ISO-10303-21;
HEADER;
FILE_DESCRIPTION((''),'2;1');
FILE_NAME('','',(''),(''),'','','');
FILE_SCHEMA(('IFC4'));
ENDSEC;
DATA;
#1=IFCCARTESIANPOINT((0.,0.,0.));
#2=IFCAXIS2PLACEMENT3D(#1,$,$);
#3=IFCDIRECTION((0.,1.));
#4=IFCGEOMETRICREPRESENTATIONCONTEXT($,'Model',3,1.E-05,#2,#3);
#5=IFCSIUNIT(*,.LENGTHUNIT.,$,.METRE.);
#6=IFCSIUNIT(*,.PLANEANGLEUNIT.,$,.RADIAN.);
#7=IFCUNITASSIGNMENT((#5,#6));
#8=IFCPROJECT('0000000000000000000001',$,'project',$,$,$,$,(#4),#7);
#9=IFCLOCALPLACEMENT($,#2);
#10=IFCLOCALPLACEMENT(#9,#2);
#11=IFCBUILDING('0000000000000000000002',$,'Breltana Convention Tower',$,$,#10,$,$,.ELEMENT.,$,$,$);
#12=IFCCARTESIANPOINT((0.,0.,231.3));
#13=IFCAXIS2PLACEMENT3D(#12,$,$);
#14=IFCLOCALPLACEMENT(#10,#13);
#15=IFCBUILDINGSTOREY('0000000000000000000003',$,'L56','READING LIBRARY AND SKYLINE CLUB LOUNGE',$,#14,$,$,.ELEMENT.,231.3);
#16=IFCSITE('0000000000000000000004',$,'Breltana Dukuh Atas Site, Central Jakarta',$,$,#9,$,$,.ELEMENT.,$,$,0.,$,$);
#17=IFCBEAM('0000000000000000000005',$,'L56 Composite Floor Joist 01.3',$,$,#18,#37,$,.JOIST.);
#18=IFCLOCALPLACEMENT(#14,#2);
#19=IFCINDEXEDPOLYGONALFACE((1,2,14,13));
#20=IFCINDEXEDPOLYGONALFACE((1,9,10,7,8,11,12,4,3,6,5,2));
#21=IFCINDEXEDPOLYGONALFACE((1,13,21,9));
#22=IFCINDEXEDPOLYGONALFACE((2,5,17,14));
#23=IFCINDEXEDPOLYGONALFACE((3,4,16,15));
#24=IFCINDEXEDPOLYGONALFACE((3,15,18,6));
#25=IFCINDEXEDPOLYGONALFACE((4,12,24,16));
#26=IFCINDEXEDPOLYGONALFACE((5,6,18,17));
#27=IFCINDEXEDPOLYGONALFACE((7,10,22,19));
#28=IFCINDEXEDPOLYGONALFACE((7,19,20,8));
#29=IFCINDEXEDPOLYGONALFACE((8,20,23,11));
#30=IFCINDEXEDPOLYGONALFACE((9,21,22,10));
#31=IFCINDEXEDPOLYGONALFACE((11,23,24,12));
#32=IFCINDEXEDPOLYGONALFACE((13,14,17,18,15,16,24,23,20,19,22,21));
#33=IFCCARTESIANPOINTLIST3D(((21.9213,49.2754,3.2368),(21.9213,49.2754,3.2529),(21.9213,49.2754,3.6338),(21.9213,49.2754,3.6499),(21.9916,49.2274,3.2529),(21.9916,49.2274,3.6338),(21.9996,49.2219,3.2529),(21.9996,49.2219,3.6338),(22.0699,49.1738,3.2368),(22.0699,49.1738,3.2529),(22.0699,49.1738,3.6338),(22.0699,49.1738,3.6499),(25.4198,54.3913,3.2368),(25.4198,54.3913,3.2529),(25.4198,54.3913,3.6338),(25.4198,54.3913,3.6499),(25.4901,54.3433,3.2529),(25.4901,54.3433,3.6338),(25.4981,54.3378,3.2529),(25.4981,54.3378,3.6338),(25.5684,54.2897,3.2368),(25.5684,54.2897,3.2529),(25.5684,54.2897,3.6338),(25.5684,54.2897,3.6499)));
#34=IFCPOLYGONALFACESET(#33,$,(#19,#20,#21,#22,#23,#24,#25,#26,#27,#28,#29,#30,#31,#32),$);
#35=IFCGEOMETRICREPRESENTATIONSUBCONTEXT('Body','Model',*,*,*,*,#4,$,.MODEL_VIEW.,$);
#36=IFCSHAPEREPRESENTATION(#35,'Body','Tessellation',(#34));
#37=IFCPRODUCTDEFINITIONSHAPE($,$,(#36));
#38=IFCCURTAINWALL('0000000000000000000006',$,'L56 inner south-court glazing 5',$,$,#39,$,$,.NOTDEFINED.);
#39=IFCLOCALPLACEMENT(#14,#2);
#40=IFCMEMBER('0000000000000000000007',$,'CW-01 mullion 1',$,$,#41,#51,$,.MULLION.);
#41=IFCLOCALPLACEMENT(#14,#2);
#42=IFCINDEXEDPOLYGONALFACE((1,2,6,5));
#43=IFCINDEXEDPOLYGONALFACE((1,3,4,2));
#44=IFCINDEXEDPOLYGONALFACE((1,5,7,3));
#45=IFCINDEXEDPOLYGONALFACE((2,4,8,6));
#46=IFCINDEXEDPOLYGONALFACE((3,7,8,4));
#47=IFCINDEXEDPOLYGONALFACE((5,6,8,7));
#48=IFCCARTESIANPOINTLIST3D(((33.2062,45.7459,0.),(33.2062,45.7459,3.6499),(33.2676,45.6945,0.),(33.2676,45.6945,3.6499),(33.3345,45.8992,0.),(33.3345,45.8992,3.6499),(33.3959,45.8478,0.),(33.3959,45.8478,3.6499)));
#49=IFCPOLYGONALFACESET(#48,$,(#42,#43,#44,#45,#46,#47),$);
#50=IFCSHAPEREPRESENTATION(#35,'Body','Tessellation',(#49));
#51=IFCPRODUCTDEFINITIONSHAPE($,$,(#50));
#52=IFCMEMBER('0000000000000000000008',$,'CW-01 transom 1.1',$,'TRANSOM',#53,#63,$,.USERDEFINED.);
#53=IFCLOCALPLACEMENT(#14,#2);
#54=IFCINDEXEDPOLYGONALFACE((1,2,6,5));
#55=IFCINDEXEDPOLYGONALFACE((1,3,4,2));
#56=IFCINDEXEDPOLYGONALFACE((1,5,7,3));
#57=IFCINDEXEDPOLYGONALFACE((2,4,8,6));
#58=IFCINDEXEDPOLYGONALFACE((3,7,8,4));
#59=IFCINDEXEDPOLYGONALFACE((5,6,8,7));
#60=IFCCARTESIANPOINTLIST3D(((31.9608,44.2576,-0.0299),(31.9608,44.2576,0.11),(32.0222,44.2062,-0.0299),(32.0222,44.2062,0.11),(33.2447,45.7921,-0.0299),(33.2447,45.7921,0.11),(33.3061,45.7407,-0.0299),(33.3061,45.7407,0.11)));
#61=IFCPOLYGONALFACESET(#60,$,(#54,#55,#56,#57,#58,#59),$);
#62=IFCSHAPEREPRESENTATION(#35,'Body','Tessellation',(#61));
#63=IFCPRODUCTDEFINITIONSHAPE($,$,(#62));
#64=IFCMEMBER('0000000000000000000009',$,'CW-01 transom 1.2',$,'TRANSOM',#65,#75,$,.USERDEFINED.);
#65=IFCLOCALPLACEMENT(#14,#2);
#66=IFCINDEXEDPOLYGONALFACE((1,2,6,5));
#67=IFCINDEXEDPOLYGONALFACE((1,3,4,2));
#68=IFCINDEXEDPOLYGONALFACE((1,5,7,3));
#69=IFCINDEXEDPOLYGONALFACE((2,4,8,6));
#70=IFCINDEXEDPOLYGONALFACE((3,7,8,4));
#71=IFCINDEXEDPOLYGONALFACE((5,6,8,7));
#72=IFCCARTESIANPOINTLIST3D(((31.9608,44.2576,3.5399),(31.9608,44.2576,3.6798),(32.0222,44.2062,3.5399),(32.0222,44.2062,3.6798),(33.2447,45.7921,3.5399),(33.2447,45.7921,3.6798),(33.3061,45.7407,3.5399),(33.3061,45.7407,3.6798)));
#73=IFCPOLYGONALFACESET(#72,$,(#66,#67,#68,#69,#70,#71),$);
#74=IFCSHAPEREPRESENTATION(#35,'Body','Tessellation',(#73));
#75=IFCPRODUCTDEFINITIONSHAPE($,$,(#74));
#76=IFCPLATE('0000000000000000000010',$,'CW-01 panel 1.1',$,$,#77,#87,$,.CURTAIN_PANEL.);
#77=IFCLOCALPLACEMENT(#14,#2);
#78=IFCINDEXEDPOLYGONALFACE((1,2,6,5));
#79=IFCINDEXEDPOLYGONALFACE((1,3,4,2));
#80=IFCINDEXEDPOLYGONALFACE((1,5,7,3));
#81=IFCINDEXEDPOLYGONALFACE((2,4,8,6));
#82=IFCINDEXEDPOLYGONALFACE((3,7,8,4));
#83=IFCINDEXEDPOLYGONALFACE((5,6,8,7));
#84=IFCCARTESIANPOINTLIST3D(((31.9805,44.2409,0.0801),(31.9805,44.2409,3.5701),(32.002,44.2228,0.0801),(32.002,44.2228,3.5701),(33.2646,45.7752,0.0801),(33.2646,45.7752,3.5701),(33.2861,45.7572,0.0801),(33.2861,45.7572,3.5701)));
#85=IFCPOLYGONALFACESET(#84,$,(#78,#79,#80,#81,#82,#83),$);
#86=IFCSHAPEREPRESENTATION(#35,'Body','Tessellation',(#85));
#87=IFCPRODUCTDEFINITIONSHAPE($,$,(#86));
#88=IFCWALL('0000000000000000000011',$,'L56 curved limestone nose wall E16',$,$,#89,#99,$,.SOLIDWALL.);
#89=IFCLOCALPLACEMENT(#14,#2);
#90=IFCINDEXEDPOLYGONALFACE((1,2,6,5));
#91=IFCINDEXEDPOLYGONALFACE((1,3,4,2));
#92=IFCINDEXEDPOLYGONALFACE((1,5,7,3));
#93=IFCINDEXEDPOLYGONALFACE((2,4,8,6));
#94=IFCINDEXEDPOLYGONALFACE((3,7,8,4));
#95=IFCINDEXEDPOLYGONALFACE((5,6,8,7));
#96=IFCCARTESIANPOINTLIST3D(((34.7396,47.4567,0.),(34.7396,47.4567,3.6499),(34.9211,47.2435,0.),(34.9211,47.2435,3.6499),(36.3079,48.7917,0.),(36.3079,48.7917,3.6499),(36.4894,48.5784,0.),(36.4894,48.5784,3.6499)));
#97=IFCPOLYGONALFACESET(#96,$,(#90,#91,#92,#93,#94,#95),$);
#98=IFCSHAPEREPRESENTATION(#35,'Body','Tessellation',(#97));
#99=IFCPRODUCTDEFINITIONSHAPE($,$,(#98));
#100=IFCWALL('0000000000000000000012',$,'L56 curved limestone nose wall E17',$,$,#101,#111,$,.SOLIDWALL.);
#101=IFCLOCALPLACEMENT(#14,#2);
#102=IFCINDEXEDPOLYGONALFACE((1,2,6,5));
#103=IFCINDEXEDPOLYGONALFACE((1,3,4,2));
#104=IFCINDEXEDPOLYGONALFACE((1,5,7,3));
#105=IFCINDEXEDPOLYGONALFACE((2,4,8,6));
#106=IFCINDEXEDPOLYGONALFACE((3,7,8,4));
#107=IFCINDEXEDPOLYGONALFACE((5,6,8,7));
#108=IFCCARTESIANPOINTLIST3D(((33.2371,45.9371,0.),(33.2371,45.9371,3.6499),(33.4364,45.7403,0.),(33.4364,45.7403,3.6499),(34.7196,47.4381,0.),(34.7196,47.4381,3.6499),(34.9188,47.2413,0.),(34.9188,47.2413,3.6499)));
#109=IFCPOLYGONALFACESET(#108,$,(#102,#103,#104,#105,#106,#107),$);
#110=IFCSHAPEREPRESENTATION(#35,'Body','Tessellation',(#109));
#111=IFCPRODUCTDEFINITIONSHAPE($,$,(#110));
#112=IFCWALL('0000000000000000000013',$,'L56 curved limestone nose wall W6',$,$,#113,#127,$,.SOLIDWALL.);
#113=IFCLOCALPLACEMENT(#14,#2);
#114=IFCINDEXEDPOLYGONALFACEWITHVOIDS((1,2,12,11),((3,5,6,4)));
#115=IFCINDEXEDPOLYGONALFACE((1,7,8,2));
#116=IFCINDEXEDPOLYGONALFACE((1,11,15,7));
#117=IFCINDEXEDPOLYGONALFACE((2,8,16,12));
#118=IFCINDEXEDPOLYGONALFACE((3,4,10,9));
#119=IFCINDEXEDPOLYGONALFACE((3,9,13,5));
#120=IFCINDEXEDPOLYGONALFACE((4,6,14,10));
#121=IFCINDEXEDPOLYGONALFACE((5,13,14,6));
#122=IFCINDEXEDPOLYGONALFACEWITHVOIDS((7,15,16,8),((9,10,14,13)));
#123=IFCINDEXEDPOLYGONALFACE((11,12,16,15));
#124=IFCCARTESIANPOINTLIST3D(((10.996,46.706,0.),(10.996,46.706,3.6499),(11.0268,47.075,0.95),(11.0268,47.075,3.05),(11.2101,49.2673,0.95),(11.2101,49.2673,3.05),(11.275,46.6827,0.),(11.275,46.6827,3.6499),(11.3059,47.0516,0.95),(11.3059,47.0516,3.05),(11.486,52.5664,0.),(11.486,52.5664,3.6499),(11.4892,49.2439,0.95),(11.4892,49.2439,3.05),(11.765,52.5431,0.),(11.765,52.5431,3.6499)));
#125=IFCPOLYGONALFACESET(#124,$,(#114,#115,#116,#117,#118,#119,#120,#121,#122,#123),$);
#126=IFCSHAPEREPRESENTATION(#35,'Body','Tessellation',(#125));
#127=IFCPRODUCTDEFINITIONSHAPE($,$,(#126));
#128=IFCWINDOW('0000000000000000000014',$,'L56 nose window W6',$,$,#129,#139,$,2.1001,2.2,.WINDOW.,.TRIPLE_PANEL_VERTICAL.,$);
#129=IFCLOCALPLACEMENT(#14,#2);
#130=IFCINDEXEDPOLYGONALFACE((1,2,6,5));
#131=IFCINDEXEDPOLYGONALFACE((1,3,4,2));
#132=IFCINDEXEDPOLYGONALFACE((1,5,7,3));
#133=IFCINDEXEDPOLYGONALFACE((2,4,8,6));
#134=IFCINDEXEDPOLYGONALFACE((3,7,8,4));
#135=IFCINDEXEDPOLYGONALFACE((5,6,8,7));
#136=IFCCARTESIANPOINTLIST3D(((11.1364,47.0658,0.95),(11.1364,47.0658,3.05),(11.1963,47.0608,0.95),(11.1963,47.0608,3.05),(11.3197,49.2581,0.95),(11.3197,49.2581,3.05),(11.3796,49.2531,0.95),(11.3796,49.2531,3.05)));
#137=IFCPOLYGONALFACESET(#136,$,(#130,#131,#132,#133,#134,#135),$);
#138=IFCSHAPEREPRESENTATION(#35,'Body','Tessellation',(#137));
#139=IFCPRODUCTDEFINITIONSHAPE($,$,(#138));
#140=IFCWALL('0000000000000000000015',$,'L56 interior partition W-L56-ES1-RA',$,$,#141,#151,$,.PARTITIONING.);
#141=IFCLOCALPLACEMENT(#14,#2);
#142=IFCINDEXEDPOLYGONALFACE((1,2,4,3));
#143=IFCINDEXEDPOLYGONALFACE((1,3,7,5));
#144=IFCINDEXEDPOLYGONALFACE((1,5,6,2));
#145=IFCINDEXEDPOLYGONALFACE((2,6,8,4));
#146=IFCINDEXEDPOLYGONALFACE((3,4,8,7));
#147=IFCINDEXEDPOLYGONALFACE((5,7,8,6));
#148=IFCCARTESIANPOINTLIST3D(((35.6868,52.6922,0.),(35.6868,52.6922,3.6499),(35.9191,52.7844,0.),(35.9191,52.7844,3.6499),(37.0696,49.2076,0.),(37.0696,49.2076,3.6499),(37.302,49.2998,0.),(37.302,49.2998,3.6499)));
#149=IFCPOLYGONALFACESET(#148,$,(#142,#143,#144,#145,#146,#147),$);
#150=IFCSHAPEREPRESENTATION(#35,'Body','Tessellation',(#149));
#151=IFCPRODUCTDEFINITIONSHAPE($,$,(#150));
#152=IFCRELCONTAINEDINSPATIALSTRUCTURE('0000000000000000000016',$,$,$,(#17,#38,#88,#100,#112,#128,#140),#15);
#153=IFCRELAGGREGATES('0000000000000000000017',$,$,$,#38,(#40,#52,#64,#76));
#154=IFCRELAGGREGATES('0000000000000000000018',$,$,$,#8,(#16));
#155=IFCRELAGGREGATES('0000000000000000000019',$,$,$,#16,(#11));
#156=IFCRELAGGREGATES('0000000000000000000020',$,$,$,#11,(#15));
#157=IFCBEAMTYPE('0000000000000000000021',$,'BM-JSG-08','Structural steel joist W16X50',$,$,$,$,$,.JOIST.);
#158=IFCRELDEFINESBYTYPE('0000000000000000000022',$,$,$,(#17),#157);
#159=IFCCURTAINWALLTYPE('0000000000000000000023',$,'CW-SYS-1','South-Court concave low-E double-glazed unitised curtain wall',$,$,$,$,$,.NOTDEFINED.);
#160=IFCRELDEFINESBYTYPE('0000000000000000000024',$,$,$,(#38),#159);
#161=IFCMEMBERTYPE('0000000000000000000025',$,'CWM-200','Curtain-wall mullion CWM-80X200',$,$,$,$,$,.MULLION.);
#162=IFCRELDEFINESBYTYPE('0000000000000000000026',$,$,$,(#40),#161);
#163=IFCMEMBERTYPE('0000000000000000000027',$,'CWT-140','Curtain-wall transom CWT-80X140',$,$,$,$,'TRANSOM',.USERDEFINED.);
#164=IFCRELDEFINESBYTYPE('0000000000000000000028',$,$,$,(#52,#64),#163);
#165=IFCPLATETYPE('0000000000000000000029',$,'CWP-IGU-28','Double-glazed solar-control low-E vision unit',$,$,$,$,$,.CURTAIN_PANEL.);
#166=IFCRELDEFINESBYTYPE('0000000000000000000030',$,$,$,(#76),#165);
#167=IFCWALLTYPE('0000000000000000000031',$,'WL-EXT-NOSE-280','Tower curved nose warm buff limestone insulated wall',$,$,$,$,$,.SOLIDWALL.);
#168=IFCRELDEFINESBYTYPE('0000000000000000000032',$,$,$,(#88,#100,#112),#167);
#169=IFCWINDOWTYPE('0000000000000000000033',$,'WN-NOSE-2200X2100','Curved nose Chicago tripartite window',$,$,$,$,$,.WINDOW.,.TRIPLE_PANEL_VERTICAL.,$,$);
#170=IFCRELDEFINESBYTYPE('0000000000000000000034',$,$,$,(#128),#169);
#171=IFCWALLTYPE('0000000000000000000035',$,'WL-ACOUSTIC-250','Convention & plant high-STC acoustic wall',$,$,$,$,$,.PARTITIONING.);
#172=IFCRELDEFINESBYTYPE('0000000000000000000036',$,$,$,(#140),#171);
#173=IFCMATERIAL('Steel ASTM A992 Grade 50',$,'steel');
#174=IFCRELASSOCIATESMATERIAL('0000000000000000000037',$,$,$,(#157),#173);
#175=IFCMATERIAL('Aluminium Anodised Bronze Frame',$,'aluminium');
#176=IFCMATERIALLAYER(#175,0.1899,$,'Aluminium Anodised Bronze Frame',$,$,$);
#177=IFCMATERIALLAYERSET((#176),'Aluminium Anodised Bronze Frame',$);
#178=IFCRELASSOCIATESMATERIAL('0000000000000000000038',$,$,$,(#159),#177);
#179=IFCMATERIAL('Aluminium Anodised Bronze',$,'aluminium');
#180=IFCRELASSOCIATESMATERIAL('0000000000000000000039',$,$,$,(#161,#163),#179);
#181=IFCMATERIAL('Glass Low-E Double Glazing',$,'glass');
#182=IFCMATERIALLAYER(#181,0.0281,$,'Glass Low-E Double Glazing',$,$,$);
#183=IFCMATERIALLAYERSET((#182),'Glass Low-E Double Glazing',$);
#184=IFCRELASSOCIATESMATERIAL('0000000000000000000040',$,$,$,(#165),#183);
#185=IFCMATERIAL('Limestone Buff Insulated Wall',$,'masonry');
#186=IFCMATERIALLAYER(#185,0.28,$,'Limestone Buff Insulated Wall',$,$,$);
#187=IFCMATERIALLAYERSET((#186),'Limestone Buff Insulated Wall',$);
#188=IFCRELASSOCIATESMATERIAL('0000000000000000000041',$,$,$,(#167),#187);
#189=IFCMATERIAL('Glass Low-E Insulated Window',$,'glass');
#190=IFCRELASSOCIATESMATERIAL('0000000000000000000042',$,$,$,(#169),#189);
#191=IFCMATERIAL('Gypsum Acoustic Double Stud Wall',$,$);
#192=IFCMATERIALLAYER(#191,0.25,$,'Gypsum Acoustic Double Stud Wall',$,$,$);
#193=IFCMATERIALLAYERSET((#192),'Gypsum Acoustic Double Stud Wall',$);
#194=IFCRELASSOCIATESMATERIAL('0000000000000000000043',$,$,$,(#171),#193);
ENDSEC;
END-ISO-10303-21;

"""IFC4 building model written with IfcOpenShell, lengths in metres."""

from ifc_helpers import new_model, si_unit, direction, frame, frame_2d, origin, origin_2d, place, context, subcontext, project, spatial, rectangle, i_section, extrude, source, transform, mapped, material, layer, layer_set, material_profile, profile_set, type_object, type_shapes, element, fill, aggregate, save


model = new_model("IFC4")

# Units and contexts
model_context = context("Model", 3, precision=1e-05, world=origin(), true_north=direction((0.0, 1.0)))
body_context = subcontext(model_context, "Body", "Model", "MODEL_VIEW")
ifc_project = project(units=[si_unit("LENGTHUNIT", "METRE"), si_unit("PLANEANGLEUNIT", "RADIAN")], contexts=[model_context])

# Site, building, storey
site_placement = place(None, origin())
site = spatial("IfcSite", under=ifc_project, at=site_placement, Name="Breltana Dukuh Atas Site, Central Jakarta", CompositionType="ELEMENT", RefElevation=0.0)
building_placement = place(site_placement, origin())
building = spatial("IfcBuilding", under=site, at=building_placement, Name="Breltana Convention Tower", CompositionType="ELEMENT")
storey_placement = place(building_placement, frame((0.0, 0.0, 231.3)))
storey = spatial("IfcBuildingStorey", under=building, at=storey_placement, Name="L56", Description="READING LIBRARY AND SKYLINE CLUB LOUNGE", CompositionType="ELEMENT", Elevation=231.3)

# Shared definitions
ifc_material_1 = material(Name="Steel ASTM A992 Grade 50", Category="steel")

# Beam
ifc_material_profile_1 = material_profile(ifc_material_1, i_section(OverallWidth=0.1799, OverallDepth=0.4131, WebThickness=0.0098, FlangeThickness=0.0161, at=origin_2d()), Name="W16X50")
ifc_profile_set_1 = profile_set([ifc_material_profile_1], Name="Steel ASTM A992 Grade 50")
beam_type_1 = type_object("IfcBeamType", Name="BM-JSG-08", Description="Structural steel joist W16X50", PredefinedType="JOIST", material=ifc_profile_set_1)
shared_shape_1 = source(origin(), body_context, "Body", "SweptSolid", [
    extrude(i_section(OverallWidth=0.1799, OverallDepth=0.4131, WebThickness=0.0098, FlangeThickness=0.0161, at=origin_2d()), origin(), (0.0, 0.0, 1.0), 6.1978),
])
beam_1_placement = place(storey_placement, frame((21.9956, 49.2246, 3.4434), z_axis=(0.564479, 0.825447, 0.0), x_axis=(-0.825447, 0.564479, 0.0)))
element("IfcBeam", 1, at=beam_1_placement, inside=storey, type_object=beam_type_1, Name="L56 Composite Floor Joist 01.3", PredefinedType="JOIST", context=body_context, shape_type="MappedRepresentation", body=[
    mapped(shared_shape_1, transform((0.0, 0.0, 0.0), scale=1.0)),
])

# Curtain wall, members, plate
ifc_material_2 = material(Name="Aluminium Anodised Bronze Frame", Category="aluminium")
ifc_layer_1 = layer(ifc_material_2, 0.1899, Name="Aluminium Anodised Bronze Frame")
ifc_layer_set_1 = layer_set([ifc_layer_1], Name="Aluminium Anodised Bronze Frame")
curtain_wall_type = type_object("IfcCurtainWallType", Name="CW-SYS-1", Description="South-Court concave low-E double-glazed unitised curtain wall", PredefinedType="NOTDEFINED", material=ifc_layer_set_1)
curtain_wall_placement = place(storey_placement, origin())
curtain_wall = element("IfcCurtainWall", 2, at=curtain_wall_placement, inside=storey, type_object=curtain_wall_type, Name="L56 inner south-court glazing 5", PredefinedType="NOTDEFINED")
ifc_material_3 = material(Name="Aluminium Anodised Bronze", Category="aluminium")
ifc_material_profile_2 = material_profile(ifc_material_3, rectangle(XDim=0.0801, YDim=0.2, at=origin_2d()), Name="CWM-80X200")
ifc_profile_set_2 = profile_set([ifc_material_profile_2], Name="Aluminium Anodised Bronze")
member_type_1 = type_object("IfcMemberType", Name="CWM-200", Description="Curtain-wall mullion CWM-80X200", PredefinedType="MULLION", material=ifc_profile_set_2)
shared_shape_2 = source(origin(), body_context, "Body", "SweptSolid", [
    extrude(rectangle(XDim=0.0801, YDim=0.2, at=origin_2d()), origin(), (0.0, 0.0, 1.0), 3.6499),
])
member_1_placement = place(storey_placement, frame((33.301, 45.7969, 0.0), z_axis=(0.0, 0.0, 1.0), x_axis=(0.766884, -0.641785, 0.0)))
member_1 = element("IfcMember", 3, at=member_1_placement, type_object=member_type_1, Name="CW-01 mullion 1", PredefinedType="MULLION", context=body_context, shape_type="MappedRepresentation", body=[
    mapped(shared_shape_2, transform((0.0, 0.0, 0.0), scale=1.0)),
])
ifc_material_profile_3 = material_profile(ifc_material_3, rectangle(XDim=0.0801, YDim=0.1399, at=origin_2d()), Name="CWT-80X140")
ifc_profile_set_3 = profile_set([ifc_material_profile_3], Name="Aluminium Anodised Bronze")
member_type_2 = type_object("IfcMemberType", Name="CWT-140", Description="Curtain-wall transom CWT-80X140", ElementType="TRANSOM", PredefinedType="USERDEFINED", material=ifc_profile_set_3)
shared_shape_3 = source(origin(), body_context, "Body", "SweptSolid", [
    extrude(rectangle(XDim=0.0801, YDim=0.1399, at=origin_2d()), origin(), (0.0, 0.0, 1.0), 2.0007),
])
member_2_placement = place(storey_placement, frame((33.2754, 45.7664, 0.04), z_axis=(-0.641731, -0.766929, 0.0), x_axis=(0.766929, -0.641731, 0.0)))
member_2 = element("IfcMember", 4, at=member_2_placement, type_object=member_type_2, Name="CW-01 transom 1.1", ObjectType="TRANSOM", PredefinedType="USERDEFINED", context=body_context, shape_type="MappedRepresentation", body=[
    mapped(shared_shape_3, transform((0.0, 0.0, 0.0), scale=1.0)),
])
member_3_placement = place(storey_placement, frame((33.2754, 45.7664, 3.6099), z_axis=(-0.641731, -0.766929, 0.0), x_axis=(0.766929, -0.641731, 0.0)))
member_3 = element("IfcMember", 5, at=member_3_placement, type_object=member_type_2, Name="CW-01 transom 1.2", ObjectType="TRANSOM", PredefinedType="USERDEFINED", context=body_context, shape_type="MappedRepresentation", body=[
    mapped(shared_shape_3, transform((0.0, 0.0, 0.0), scale=1.0)),
])
ifc_material_4 = material(Name="Glass Low-E Double Glazing", Category="glass")
ifc_layer_2 = layer(ifc_material_4, 0.0281, Name="Glass Low-E Double Glazing")
ifc_layer_set_2 = layer_set([ifc_layer_2], Name="Glass Low-E Double Glazing")
plate_type = type_object("IfcPlateType", Name="CWP-IGU-28", Description="Double-glazed solar-control low-E vision unit", PredefinedType="CURTAIN_PANEL", material=ifc_layer_set_2)
shared_shape_4 = source(origin(), body_context, "Body", "SweptSolid", [
    extrude(rectangle(XDim=2.0007, YDim=0.0281, at=origin_2d()), origin(), (0.0, 0.0, 1.0), 3.49),
])
plate_placement = place(storey_placement, frame((32.6333, 44.999, 0.0801), z_axis=(0.0, 0.0, 1.0), x_axis=(-0.641785, -0.766884, 0.0)))
plate = element("IfcPlate", 6, at=plate_placement, type_object=plate_type, Name="CW-01 panel 1.1", PredefinedType="CURTAIN_PANEL", context=body_context, shape_type="MappedRepresentation", body=[
    mapped(shared_shape_4, transform((0.0, 0.0, 0.0), scale=1.0)),
])
aggregate(curtain_wall, [member_1, member_2, member_3, plate])

# Walls
ifc_material_5 = material(Name="Limestone Buff Insulated Wall", Category="masonry")
ifc_layer_3 = layer(ifc_material_5, 0.28, Name="Limestone Buff Insulated Wall")
ifc_layer_set_3 = layer_set([ifc_layer_3], Name="Limestone Buff Insulated Wall")
wall_type_1 = type_object("IfcWallType", Name="WL-EXT-NOSE-280", Description="Tower curved nose warm buff limestone insulated wall", PredefinedType="SOLIDWALL", material=ifc_layer_set_3)
shared_shape_5 = source(origin(), body_context, "Body", "SweptSolid", [
    extrude(rectangle(XDim=2.0596, YDim=0.28, at=frame_2d((1.0298, 0.0))), origin(), (0.0, 0.0, 1.0), 3.6499),
])
wall_1_placement = place(storey_placement, frame((36.3987, 48.6851, 0.0), z_axis=(0.0, 0.0, 1.0), x_axis=(-0.761495, -0.648171, 0.0)))
element("IfcWall", 7, at=wall_1_placement, inside=storey, type_object=wall_type_1, Name="L56 curved limestone nose wall E16", PredefinedType="SOLIDWALL", context=body_context, shape_type="MappedRepresentation", body=[
    mapped(shared_shape_5, transform((0.0, 0.0, 0.0), scale=1.0)),
])
shared_shape_6 = source(origin(), body_context, "Body", "SweptSolid", [
    extrude(rectangle(XDim=2.1096, YDim=0.28, at=frame_2d((1.0547, 0.0))), origin(), (0.0, 0.0, 1.0), 3.6499),
])
wall_2_placement = place(storey_placement, frame((34.8191, 47.3396, 0.0), z_axis=(0.0, 0.0, 1.0), x_axis=(-0.702695, -0.711491, 0.0)))
element("IfcWall", 8, at=wall_2_placement, inside=storey, type_object=wall_type_1, Name="L56 curved limestone nose wall E17", PredefinedType="SOLIDWALL", context=body_context, shape_type="MappedRepresentation", body=[
    mapped(shared_shape_6, transform((0.0, 0.0, 0.0), scale=1.0)),
])

# Wall, opening, window
shared_shape_7 = source(origin(), body_context, "Body", "SweptSolid", [
    extrude(rectangle(XDim=5.8809, YDim=0.28, at=frame_2d((2.9404, 0.0))), origin(), (0.0, 0.0, 1.0), 3.6499),
])
wall_3_placement = place(storey_placement, frame((11.1355, 46.6943, 0.0), z_axis=(0.0, 0.0, 1.0), x_axis=(0.08332, 0.996523, 0.0)))
wall_3 = element("IfcWall", 9, at=wall_3_placement, inside=storey, type_object=wall_type_1, Name="L56 curved limestone nose wall W6", PredefinedType="SOLIDWALL", context=body_context, shape_type="MappedRepresentation", body=[
    mapped(shared_shape_7, transform((0.0, 0.0, 0.0), scale=1.0)),
])
opening_placement = place(wall_3_placement, frame((0.3701, 0.0, 0.95)))
opening = element("IfcOpeningElement", 10, at=opening_placement, cuts=wall_3, PredefinedType="OPENING", context=body_context, shape_type="SweptSolid", body=[
    extrude(rectangle(XDim=2.2, YDim=2.1001, at=frame_2d((1.1001, 1.05))), frame((0.0, 0.1499, 0.0), z_axis=(0.0, -1.0, 0.0), x_axis=(1.0, 0.0, 0.0)), (0.0, 0.0, 1.0), 0.3),
])
ifc_material_6 = material(Name="Glass Low-E Insulated Window", Category="glass")
window_type = type_object("IfcWindowType", Name="WN-NOSE-2200X2100", Description="Curved nose Chicago tripartite window", PartitioningType="TRIPLE_PANEL_VERTICAL", PredefinedType="WINDOW", material=ifc_material_6)
shared_shape_8 = source(origin(), body_context, "Body", "SweptSolid", [
    extrude(rectangle(XDim=2.2, YDim=2.1001, at=frame_2d((1.1001, 1.05))), frame((0.0, 0.03, 0.0), z_axis=(0.0, -1.0, 0.0), x_axis=(1.0, 0.0, 0.0)), (0.0, 0.0, 1.0), 0.0601),
])
type_shapes(window_type, [shared_shape_8])
window_placement = place(opening_placement, origin())
window = element("IfcWindow", 11, at=window_placement, inside=storey, type_object=window_type, Name="L56 nose window W6", OverallHeight=2.1001, OverallWidth=2.2, PartitioningType="TRIPLE_PANEL_VERTICAL", PredefinedType="WINDOW", context=body_context, shape_type="MappedRepresentation", body=[
    mapped(shared_shape_8, transform((0.0, 0.0, 0.0), scale=1.0)),
])
fill(opening, window)

# Wall
ifc_material_7 = material(Name="Gypsum Acoustic Double Stud Wall")
ifc_layer_4 = layer(ifc_material_7, 0.25, Name="Gypsum Acoustic Double Stud Wall")
ifc_layer_set_4 = layer_set([ifc_layer_4], Name="Gypsum Acoustic Double Stud Wall")
wall_type_2 = type_object("IfcWallType", Name="WL-ACOUSTIC-250", Description="Convention & plant high-STC acoustic wall", PredefinedType="PARTITIONING", material=ifc_layer_set_4)
shared_shape_9 = source(origin(), body_context, "Body", "SweptSolid", [
    extrude(rectangle(XDim=3.749, YDim=0.25, at=frame_2d((1.8745, 0.0))), origin(), (0.0, 0.0, 1.0), 3.6499),
])
wall_4_placement = place(storey_placement, frame((37.1858, 49.2537, 0.0), z_axis=(0.0, 0.0, 1.0), x_axis=(-0.368852, 0.929488, 0.0)))
element("IfcWall", 12, at=wall_4_placement, inside=storey, type_object=wall_type_2, Name="L56 interior partition W-L56-ES1-RA", PredefinedType="PARTITIONING", context=body_context, shape_type="MappedRepresentation", body=[
    mapped(shared_shape_9, transform((0.0, 0.0, 0.0), scale=1.0)),
])

save(model, "model.ifc")
